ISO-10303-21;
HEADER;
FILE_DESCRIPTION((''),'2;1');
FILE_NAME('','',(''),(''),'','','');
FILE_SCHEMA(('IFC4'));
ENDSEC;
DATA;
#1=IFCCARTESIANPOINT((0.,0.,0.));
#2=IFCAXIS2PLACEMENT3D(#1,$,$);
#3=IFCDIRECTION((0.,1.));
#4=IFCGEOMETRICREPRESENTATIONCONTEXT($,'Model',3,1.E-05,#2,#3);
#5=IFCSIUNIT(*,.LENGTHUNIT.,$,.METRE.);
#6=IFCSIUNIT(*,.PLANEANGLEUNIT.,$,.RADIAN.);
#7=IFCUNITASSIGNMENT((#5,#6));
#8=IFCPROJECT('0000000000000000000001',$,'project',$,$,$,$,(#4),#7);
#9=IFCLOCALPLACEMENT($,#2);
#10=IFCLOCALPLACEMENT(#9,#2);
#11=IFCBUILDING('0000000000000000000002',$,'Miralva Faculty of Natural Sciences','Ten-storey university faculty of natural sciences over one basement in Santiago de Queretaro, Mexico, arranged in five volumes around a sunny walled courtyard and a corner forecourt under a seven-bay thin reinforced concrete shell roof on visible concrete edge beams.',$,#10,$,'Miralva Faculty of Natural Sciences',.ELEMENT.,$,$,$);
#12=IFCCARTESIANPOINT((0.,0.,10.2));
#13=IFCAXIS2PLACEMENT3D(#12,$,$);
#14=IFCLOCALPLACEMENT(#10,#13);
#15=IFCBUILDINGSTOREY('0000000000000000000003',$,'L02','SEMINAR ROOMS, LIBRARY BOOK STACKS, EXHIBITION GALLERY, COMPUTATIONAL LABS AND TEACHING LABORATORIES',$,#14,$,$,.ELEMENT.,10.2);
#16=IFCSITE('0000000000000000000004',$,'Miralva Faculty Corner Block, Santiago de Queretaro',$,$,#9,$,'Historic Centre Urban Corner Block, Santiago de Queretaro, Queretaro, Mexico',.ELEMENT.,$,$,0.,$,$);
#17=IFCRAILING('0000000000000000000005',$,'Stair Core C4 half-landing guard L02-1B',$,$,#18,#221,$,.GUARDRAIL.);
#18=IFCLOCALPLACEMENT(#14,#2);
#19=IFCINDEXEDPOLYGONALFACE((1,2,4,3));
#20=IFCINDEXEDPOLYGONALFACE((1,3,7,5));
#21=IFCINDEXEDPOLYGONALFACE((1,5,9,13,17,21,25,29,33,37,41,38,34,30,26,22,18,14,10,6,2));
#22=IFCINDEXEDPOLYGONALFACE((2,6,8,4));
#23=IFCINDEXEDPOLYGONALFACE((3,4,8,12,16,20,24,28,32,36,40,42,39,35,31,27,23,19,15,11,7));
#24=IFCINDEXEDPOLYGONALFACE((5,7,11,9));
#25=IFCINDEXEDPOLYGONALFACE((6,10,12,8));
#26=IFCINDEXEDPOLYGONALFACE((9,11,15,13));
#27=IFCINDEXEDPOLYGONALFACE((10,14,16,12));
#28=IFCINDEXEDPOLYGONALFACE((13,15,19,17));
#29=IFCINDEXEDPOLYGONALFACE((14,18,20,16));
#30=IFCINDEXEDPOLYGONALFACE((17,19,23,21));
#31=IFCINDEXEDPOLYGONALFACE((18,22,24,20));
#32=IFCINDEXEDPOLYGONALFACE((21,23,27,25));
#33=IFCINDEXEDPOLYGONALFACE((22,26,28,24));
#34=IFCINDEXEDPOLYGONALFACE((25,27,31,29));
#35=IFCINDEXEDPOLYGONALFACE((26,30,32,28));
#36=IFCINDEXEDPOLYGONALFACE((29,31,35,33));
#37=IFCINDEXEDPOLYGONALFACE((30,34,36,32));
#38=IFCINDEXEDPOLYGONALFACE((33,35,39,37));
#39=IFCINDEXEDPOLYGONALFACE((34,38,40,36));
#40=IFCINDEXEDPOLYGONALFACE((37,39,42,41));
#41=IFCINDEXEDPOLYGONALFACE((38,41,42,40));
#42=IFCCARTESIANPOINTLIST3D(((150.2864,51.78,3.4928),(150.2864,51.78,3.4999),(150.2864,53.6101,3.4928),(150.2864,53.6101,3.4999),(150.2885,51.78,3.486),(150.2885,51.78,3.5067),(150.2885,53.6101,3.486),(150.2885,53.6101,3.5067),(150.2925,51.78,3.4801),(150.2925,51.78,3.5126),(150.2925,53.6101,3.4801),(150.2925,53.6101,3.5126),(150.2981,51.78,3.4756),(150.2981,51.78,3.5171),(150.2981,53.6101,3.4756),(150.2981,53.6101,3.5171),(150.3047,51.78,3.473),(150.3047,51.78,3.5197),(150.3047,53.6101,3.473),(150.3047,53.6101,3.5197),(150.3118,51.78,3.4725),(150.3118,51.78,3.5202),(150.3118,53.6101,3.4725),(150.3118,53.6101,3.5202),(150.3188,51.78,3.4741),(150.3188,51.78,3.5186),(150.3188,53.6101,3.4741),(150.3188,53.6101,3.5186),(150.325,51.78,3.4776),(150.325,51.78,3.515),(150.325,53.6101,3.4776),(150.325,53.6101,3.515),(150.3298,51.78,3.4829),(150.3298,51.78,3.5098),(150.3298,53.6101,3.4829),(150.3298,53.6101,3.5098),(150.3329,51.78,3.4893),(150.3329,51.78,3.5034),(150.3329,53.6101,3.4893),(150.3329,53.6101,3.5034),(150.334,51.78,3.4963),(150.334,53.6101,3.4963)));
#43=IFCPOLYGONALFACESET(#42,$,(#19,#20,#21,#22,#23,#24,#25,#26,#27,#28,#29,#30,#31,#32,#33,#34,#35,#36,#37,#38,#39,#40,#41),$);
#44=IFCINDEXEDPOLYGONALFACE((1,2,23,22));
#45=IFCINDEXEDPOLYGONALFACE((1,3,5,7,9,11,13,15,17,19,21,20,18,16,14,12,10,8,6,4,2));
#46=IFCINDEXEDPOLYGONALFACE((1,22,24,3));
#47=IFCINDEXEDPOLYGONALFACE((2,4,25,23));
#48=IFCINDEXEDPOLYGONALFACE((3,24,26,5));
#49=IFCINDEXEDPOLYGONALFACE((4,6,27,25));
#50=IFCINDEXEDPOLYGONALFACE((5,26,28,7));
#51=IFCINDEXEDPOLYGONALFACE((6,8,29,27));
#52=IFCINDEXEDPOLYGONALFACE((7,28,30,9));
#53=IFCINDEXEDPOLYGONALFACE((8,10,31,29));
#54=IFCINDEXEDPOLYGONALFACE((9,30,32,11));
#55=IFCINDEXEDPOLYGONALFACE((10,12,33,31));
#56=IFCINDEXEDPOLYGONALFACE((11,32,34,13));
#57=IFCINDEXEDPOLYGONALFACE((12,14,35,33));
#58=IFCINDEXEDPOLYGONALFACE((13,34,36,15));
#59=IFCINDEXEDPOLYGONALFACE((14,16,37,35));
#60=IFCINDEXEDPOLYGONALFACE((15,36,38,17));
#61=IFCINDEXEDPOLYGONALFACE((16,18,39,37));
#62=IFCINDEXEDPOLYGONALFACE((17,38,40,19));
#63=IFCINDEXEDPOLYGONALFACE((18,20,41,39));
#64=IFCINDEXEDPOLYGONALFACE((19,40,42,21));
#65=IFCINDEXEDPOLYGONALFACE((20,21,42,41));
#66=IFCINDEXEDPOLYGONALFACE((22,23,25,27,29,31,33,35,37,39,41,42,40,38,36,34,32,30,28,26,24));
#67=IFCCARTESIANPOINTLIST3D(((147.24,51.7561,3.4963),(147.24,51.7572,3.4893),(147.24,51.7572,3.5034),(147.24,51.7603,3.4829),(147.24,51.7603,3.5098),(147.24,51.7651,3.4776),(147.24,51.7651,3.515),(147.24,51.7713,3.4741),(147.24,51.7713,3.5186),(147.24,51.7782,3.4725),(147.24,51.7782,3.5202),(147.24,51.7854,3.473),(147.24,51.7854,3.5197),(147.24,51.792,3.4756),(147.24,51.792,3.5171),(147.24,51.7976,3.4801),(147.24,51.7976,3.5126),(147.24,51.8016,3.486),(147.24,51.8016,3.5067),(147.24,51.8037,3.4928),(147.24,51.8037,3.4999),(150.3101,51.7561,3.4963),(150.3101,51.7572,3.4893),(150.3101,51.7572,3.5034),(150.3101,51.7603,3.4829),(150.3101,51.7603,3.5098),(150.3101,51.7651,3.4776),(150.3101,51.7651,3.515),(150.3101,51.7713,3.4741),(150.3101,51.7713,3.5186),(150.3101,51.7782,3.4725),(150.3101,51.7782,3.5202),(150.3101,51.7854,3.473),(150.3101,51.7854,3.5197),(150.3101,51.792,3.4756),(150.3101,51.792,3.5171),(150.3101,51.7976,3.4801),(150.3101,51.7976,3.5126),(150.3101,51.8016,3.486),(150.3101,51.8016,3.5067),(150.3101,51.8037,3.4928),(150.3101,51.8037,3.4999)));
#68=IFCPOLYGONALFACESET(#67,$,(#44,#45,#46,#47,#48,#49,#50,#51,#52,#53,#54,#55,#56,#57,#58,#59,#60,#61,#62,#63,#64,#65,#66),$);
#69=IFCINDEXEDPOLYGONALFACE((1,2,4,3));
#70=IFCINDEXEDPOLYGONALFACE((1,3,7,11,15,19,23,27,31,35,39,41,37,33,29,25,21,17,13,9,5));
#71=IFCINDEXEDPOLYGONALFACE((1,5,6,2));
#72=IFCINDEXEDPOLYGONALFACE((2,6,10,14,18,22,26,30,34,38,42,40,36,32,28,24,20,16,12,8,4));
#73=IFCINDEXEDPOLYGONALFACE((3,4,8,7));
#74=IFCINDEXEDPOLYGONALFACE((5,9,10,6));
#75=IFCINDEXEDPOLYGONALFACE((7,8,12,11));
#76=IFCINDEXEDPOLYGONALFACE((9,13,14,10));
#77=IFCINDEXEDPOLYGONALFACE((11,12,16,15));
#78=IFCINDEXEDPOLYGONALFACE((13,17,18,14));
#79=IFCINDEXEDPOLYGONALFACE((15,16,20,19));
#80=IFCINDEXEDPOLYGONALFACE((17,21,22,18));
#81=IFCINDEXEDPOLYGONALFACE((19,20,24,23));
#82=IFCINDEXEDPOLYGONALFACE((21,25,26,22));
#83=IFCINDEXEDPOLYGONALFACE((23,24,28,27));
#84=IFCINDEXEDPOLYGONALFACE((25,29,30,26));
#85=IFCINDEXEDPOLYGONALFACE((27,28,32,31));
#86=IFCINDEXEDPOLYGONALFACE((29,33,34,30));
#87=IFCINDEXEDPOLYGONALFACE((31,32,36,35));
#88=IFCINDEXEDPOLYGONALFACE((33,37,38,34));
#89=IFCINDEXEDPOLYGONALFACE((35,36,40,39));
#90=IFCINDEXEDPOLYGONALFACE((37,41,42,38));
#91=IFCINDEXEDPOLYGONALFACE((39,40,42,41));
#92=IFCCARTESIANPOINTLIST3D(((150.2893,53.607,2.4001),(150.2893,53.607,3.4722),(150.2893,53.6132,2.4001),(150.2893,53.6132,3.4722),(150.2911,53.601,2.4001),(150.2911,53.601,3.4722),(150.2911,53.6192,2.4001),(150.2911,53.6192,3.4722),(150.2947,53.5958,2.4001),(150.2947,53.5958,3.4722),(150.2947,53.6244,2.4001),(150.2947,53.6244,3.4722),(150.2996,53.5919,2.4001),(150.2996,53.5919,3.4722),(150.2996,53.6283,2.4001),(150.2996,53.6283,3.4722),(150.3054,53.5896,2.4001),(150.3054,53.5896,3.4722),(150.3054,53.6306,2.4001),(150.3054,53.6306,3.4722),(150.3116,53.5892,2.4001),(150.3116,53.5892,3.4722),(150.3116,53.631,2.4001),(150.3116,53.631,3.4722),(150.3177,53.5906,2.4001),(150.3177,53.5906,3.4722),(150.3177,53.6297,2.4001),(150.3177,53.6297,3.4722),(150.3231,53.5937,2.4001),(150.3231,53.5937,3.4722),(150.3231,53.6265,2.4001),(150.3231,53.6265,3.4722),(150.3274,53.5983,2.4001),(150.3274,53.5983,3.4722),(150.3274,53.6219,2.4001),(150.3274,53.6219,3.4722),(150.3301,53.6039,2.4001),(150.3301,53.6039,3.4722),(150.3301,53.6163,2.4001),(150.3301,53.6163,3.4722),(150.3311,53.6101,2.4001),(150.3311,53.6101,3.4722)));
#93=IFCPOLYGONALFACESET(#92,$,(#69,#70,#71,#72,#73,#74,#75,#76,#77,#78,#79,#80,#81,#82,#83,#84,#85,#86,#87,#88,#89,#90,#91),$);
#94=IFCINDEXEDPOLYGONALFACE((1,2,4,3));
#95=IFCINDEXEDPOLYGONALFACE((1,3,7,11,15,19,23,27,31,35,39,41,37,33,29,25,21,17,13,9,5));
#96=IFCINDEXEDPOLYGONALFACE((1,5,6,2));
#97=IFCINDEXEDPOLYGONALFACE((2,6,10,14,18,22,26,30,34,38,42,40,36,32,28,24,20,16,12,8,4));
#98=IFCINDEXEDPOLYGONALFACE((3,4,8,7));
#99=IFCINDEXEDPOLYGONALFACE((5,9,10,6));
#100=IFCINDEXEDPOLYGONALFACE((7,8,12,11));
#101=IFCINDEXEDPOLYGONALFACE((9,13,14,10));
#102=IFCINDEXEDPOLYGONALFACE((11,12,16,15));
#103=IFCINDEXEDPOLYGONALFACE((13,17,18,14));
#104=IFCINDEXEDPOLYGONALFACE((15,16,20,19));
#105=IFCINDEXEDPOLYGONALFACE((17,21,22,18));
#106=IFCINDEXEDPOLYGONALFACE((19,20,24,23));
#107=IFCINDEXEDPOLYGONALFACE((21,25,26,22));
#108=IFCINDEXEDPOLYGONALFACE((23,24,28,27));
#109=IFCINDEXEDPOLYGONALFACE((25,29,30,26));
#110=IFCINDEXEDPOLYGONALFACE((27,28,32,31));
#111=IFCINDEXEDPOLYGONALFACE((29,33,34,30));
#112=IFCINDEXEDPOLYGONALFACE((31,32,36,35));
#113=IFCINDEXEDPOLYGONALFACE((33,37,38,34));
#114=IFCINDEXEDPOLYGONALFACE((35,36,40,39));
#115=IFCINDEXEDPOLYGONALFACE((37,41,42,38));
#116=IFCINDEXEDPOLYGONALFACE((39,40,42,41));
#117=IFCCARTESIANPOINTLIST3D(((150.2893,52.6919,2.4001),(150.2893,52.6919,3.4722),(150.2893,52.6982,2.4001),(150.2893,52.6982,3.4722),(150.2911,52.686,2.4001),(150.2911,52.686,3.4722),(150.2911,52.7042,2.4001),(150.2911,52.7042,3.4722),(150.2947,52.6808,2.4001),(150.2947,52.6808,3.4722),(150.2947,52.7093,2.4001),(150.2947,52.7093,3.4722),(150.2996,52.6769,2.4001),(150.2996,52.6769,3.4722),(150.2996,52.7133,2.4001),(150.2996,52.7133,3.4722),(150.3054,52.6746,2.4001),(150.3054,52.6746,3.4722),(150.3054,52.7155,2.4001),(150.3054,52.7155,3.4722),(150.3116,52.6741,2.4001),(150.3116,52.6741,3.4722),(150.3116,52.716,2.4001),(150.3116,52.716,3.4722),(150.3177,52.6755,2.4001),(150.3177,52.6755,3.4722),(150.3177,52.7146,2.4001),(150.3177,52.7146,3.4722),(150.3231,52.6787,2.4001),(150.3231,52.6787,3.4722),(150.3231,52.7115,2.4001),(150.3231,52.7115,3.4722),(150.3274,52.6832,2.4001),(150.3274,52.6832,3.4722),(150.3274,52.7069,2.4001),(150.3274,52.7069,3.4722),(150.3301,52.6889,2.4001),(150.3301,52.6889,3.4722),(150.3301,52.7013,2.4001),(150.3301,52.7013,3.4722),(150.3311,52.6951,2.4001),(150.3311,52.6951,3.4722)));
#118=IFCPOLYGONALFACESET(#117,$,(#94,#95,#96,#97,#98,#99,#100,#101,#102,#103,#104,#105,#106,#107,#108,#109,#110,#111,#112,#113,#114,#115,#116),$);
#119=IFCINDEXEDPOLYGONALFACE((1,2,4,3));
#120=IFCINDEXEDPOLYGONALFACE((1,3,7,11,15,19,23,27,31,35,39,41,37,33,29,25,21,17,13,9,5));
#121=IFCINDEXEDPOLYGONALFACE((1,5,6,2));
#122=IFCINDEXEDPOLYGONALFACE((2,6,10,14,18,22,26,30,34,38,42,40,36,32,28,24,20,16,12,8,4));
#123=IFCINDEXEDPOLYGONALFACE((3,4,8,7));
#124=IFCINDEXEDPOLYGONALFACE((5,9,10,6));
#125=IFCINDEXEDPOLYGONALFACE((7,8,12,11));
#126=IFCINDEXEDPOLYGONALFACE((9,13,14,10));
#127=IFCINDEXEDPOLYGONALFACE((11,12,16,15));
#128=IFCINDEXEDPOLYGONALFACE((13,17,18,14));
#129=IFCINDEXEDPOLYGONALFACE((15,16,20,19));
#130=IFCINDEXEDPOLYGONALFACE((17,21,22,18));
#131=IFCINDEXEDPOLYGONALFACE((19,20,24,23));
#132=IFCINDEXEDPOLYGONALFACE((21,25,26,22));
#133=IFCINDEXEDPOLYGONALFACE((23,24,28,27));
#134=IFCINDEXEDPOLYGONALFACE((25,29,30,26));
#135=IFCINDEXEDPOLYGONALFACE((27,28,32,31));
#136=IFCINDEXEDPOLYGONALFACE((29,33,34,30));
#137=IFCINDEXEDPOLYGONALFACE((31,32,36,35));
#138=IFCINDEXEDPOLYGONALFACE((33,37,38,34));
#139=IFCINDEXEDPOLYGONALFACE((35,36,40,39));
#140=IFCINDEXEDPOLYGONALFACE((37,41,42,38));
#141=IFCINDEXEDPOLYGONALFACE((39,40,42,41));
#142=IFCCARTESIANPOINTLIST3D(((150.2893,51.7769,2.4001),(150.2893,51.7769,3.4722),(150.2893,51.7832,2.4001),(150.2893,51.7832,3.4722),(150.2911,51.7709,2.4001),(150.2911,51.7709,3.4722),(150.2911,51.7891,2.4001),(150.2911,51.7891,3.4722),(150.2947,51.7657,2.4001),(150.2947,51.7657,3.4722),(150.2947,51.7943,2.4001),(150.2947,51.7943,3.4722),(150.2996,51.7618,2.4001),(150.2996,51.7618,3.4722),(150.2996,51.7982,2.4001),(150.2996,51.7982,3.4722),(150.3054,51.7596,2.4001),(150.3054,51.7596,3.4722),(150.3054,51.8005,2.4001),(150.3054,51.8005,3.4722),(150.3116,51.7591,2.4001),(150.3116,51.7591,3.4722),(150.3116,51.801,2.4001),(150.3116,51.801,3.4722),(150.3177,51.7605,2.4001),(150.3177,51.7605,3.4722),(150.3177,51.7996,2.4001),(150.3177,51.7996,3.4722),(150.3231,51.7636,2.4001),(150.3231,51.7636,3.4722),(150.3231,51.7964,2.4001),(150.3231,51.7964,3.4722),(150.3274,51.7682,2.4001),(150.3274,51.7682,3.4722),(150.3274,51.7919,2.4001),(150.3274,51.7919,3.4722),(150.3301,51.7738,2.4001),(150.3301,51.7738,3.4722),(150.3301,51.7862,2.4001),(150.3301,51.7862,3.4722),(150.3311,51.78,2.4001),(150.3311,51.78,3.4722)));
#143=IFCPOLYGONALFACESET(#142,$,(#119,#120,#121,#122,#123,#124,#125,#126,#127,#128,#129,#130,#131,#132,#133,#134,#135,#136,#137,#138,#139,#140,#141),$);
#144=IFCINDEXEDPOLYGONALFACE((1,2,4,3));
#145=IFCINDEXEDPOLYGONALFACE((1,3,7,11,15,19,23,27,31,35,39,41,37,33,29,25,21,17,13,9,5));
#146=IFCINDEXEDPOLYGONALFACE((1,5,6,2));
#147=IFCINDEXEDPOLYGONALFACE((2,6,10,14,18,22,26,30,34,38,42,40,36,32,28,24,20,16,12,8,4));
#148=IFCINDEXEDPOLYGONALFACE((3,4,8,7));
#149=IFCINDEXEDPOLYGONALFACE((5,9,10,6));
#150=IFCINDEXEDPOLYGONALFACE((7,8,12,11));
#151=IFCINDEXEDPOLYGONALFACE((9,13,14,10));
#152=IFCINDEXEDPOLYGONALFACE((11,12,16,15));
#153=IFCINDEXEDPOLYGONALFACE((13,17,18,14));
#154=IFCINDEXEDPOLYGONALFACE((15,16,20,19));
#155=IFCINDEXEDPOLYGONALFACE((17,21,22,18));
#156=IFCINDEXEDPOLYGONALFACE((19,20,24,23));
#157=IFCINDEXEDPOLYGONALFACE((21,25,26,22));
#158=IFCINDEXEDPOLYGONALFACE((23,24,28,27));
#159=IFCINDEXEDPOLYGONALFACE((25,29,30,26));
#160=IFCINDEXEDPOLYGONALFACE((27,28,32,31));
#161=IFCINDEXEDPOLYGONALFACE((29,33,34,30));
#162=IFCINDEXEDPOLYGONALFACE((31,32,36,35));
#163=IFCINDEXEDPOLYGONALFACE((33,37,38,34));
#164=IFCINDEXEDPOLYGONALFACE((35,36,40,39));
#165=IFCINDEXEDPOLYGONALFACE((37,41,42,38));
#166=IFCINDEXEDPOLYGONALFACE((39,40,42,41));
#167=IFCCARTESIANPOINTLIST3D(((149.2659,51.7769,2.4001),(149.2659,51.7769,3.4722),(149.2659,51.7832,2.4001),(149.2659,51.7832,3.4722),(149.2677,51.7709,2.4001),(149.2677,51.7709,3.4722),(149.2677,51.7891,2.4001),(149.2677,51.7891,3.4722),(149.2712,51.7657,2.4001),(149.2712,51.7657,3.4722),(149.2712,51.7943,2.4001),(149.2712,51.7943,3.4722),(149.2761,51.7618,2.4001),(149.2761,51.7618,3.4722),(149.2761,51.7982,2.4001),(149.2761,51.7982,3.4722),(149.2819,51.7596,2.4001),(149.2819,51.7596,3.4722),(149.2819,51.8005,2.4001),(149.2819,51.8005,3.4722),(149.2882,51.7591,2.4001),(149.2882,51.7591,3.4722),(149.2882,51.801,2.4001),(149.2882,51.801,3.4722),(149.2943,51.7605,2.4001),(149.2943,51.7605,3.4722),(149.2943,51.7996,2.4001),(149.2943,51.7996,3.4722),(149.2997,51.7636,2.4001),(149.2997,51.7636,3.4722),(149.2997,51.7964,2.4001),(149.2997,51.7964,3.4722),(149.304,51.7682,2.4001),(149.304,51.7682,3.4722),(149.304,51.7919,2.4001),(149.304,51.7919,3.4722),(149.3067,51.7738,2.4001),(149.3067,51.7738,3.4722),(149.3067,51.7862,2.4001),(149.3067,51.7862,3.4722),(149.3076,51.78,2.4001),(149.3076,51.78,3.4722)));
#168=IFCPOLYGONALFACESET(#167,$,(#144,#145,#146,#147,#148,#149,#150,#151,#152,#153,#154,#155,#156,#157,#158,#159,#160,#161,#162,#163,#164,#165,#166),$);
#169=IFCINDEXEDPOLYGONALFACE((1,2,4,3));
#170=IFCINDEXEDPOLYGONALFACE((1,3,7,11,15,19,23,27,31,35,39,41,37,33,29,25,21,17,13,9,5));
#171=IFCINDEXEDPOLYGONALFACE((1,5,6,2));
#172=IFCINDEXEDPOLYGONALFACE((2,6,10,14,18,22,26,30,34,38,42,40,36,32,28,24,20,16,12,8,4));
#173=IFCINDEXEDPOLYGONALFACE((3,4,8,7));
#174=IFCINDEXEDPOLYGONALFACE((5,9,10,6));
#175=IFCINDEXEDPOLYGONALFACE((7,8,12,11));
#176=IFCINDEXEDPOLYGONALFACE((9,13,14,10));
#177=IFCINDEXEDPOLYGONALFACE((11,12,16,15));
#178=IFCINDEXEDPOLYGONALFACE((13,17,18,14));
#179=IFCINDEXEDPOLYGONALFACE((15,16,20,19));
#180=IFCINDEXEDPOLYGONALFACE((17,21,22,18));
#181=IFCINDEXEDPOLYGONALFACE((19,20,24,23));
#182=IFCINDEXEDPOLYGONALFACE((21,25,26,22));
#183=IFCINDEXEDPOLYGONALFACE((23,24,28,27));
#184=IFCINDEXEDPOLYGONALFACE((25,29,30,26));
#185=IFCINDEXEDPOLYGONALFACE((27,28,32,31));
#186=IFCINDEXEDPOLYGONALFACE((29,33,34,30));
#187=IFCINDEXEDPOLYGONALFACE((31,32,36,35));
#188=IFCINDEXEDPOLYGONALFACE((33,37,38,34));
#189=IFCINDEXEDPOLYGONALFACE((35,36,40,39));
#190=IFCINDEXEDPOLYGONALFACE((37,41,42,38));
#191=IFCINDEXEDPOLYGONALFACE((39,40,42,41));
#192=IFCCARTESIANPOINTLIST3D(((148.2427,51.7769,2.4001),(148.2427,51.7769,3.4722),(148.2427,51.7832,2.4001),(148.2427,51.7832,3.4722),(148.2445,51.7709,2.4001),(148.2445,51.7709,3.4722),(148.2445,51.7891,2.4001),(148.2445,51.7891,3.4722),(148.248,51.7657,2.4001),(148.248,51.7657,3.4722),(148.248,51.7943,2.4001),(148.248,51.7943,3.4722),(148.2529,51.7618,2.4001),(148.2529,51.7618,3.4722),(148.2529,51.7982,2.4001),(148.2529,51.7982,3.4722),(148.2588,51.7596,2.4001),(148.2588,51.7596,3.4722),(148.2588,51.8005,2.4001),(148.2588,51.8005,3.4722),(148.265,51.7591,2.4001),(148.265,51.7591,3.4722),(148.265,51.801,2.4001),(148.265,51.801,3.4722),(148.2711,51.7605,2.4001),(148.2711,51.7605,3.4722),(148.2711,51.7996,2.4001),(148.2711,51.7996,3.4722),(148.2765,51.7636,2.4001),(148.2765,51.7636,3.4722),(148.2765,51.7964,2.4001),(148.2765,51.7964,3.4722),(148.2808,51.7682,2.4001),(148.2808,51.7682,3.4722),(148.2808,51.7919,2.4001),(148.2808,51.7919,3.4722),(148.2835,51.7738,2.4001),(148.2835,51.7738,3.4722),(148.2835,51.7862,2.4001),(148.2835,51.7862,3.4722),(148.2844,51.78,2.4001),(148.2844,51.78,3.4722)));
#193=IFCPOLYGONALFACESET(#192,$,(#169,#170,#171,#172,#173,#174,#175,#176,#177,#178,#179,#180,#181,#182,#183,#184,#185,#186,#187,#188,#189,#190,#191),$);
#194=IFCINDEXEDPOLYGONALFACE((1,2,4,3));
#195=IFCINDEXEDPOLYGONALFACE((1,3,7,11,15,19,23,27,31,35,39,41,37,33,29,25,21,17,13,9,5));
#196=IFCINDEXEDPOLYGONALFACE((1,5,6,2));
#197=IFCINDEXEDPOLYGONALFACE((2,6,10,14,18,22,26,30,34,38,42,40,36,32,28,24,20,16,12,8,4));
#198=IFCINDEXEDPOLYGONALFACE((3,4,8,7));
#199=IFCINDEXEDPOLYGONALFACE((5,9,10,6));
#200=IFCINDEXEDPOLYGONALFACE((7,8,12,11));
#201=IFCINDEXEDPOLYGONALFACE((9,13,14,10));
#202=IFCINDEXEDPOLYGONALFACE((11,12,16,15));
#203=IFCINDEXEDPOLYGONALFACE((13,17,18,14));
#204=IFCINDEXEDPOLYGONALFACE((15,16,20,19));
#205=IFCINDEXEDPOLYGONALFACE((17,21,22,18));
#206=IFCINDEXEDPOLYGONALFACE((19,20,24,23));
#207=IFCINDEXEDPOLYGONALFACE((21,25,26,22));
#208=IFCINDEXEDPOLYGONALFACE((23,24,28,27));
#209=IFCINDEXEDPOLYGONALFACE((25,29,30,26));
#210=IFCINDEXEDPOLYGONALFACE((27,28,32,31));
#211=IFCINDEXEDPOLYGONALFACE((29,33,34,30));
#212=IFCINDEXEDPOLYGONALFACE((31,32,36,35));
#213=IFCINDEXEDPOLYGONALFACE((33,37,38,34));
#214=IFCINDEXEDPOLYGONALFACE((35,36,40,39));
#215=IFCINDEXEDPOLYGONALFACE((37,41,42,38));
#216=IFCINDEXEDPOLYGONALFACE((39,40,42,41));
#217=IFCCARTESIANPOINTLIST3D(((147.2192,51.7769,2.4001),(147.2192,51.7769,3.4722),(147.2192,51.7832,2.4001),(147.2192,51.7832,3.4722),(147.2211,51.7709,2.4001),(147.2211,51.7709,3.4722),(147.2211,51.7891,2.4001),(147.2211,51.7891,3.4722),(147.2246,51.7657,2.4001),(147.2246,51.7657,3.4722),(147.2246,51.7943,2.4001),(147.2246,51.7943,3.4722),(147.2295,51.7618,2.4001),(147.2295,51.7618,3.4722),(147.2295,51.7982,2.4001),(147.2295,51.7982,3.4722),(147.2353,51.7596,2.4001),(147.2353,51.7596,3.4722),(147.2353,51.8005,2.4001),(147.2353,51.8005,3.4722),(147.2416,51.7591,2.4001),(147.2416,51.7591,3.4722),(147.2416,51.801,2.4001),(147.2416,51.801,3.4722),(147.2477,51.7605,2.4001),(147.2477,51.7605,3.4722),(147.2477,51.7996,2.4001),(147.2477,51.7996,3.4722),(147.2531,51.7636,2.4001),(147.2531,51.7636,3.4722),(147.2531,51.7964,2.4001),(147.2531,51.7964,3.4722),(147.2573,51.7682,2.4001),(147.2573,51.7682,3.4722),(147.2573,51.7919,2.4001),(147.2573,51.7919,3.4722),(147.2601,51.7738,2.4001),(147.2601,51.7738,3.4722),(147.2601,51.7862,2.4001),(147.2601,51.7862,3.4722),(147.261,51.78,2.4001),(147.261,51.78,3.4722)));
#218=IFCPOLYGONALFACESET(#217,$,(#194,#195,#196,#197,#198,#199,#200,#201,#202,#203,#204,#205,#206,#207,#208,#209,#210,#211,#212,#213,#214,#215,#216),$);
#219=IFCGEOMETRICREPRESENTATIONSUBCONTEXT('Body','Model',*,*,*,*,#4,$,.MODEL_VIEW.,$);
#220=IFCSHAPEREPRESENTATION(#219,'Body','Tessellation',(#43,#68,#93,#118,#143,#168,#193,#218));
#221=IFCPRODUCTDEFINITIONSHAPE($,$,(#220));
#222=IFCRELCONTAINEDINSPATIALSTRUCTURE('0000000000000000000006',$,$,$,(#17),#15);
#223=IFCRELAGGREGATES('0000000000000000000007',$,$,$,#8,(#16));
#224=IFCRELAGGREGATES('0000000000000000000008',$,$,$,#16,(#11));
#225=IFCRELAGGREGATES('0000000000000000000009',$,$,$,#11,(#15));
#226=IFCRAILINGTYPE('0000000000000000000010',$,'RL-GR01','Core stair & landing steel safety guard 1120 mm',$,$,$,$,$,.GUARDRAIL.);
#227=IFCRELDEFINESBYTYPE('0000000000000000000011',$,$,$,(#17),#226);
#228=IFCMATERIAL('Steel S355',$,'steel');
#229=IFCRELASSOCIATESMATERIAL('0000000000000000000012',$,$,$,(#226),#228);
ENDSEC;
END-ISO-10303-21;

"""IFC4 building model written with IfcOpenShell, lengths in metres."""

from ifc_helpers import new_model, si_unit, direction, frame, origin, origin_2d, place, context, subcontext, project, spatial, circle, extrude, material, type_object, element, save


model = new_model("IFC4")

# Units and contexts
model_context = context("Model", 3, precision=1e-05, world=origin(), true_north=direction((0.0, 1.0)))
body_context = subcontext(model_context, "Body", "Model", "MODEL_VIEW")
ifc_project = project(units=[si_unit("LENGTHUNIT", "METRE"), si_unit("PLANEANGLEUNIT", "RADIAN")], contexts=[model_context])

# Site, building, storey
site_placement = place(None, origin())
site = spatial("IfcSite", under=ifc_project, at=site_placement, Name="Miralva Faculty Corner Block, Santiago de Queretaro", LongName="Historic Centre Urban Corner Block, Santiago de Queretaro, Queretaro, Mexico", CompositionType="ELEMENT", RefElevation=0.0)
building_placement = place(site_placement, origin())
building = spatial("IfcBuilding", under=site, at=building_placement, Name="Miralva Faculty of Natural Sciences", Description="Ten-storey university faculty of natural sciences over one basement in Santiago de Queretaro, Mexico, arranged in five volumes around a sunny walled courtyard and a corner forecourt under a seven-bay thin reinforced concrete shell roof on visible concrete edge beams.", LongName="Miralva Faculty of Natural Sciences", CompositionType="ELEMENT")
storey_placement = place(building_placement, frame((0.0, 0.0, 10.2)))
storey = spatial("IfcBuildingStorey", under=building, at=storey_placement, Name="L02", Description="SEMINAR ROOMS, LIBRARY BOOK STACKS, EXHIBITION GALLERY, COMPUTATIONAL LABS AND TEACHING LABORATORIES", CompositionType="ELEMENT", Elevation=10.2)

# Railing
ifc_material_1 = material(Name="Steel S355", Category="steel")
railing_type_1 = type_object("IfcRailingType", Name="RL-GR01", Description="Core stair & landing steel safety guard 1120 mm", PredefinedType="GUARDRAIL", material=ifc_material_1)
railing_1_placement = place(storey_placement, frame((150.3101, 53.6101, 2.4001)))
element("IfcRailing", 1, at=railing_1_placement, inside=storey, type_object=railing_type_1, Name="Stair Core C4 half-landing guard L02-1B", PredefinedType="GUARDRAIL", context=body_context, shape_type="SweptSolid", body=[
    extrude(circle(Radius=0.0239, at=origin_2d()), frame((0.0, 0.0, 1.0962), z_axis=(0.0, -1.0, 0.0), x_axis=(1.0, 0.0, 0.0)), (0.0, 0.0, 1.0), 1.8301),
    extrude(circle(Radius=0.0239, at=origin_2d()), frame((0.0, -1.8301, 1.0962), z_axis=(-1.0, 0.0, 0.0), x_axis=(0.0, -1.0, 0.0)), (0.0, 0.0, 1.0), 3.0701),
    extrude(circle(Radius=0.021, at=origin_2d()), origin(), (0.0, 0.0, 1.0), 1.072),
    extrude(circle(Radius=0.021, at=origin_2d()), frame((0.0, -0.915, 0.0)), (0.0, 0.0, 1.0), 1.072),
    extrude(circle(Radius=0.021, at=origin_2d()), frame((0.0, -1.8301, 0.0)), (0.0, 0.0, 1.0), 1.072),
    extrude(circle(Radius=0.021, at=origin_2d()), frame((-1.0234, -1.8301, 0.0)), (0.0, 0.0, 1.0), 1.072),
    extrude(circle(Radius=0.021, at=origin_2d()), frame((-2.0466, -1.8301, 0.0)), (0.0, 0.0, 1.0), 1.072),
    extrude(circle(Radius=0.021, at=origin_2d()), frame((-3.0701, -1.8301, 0.0)), (0.0, 0.0, 1.0), 1.072),
])

save(model, "model.ifc")
